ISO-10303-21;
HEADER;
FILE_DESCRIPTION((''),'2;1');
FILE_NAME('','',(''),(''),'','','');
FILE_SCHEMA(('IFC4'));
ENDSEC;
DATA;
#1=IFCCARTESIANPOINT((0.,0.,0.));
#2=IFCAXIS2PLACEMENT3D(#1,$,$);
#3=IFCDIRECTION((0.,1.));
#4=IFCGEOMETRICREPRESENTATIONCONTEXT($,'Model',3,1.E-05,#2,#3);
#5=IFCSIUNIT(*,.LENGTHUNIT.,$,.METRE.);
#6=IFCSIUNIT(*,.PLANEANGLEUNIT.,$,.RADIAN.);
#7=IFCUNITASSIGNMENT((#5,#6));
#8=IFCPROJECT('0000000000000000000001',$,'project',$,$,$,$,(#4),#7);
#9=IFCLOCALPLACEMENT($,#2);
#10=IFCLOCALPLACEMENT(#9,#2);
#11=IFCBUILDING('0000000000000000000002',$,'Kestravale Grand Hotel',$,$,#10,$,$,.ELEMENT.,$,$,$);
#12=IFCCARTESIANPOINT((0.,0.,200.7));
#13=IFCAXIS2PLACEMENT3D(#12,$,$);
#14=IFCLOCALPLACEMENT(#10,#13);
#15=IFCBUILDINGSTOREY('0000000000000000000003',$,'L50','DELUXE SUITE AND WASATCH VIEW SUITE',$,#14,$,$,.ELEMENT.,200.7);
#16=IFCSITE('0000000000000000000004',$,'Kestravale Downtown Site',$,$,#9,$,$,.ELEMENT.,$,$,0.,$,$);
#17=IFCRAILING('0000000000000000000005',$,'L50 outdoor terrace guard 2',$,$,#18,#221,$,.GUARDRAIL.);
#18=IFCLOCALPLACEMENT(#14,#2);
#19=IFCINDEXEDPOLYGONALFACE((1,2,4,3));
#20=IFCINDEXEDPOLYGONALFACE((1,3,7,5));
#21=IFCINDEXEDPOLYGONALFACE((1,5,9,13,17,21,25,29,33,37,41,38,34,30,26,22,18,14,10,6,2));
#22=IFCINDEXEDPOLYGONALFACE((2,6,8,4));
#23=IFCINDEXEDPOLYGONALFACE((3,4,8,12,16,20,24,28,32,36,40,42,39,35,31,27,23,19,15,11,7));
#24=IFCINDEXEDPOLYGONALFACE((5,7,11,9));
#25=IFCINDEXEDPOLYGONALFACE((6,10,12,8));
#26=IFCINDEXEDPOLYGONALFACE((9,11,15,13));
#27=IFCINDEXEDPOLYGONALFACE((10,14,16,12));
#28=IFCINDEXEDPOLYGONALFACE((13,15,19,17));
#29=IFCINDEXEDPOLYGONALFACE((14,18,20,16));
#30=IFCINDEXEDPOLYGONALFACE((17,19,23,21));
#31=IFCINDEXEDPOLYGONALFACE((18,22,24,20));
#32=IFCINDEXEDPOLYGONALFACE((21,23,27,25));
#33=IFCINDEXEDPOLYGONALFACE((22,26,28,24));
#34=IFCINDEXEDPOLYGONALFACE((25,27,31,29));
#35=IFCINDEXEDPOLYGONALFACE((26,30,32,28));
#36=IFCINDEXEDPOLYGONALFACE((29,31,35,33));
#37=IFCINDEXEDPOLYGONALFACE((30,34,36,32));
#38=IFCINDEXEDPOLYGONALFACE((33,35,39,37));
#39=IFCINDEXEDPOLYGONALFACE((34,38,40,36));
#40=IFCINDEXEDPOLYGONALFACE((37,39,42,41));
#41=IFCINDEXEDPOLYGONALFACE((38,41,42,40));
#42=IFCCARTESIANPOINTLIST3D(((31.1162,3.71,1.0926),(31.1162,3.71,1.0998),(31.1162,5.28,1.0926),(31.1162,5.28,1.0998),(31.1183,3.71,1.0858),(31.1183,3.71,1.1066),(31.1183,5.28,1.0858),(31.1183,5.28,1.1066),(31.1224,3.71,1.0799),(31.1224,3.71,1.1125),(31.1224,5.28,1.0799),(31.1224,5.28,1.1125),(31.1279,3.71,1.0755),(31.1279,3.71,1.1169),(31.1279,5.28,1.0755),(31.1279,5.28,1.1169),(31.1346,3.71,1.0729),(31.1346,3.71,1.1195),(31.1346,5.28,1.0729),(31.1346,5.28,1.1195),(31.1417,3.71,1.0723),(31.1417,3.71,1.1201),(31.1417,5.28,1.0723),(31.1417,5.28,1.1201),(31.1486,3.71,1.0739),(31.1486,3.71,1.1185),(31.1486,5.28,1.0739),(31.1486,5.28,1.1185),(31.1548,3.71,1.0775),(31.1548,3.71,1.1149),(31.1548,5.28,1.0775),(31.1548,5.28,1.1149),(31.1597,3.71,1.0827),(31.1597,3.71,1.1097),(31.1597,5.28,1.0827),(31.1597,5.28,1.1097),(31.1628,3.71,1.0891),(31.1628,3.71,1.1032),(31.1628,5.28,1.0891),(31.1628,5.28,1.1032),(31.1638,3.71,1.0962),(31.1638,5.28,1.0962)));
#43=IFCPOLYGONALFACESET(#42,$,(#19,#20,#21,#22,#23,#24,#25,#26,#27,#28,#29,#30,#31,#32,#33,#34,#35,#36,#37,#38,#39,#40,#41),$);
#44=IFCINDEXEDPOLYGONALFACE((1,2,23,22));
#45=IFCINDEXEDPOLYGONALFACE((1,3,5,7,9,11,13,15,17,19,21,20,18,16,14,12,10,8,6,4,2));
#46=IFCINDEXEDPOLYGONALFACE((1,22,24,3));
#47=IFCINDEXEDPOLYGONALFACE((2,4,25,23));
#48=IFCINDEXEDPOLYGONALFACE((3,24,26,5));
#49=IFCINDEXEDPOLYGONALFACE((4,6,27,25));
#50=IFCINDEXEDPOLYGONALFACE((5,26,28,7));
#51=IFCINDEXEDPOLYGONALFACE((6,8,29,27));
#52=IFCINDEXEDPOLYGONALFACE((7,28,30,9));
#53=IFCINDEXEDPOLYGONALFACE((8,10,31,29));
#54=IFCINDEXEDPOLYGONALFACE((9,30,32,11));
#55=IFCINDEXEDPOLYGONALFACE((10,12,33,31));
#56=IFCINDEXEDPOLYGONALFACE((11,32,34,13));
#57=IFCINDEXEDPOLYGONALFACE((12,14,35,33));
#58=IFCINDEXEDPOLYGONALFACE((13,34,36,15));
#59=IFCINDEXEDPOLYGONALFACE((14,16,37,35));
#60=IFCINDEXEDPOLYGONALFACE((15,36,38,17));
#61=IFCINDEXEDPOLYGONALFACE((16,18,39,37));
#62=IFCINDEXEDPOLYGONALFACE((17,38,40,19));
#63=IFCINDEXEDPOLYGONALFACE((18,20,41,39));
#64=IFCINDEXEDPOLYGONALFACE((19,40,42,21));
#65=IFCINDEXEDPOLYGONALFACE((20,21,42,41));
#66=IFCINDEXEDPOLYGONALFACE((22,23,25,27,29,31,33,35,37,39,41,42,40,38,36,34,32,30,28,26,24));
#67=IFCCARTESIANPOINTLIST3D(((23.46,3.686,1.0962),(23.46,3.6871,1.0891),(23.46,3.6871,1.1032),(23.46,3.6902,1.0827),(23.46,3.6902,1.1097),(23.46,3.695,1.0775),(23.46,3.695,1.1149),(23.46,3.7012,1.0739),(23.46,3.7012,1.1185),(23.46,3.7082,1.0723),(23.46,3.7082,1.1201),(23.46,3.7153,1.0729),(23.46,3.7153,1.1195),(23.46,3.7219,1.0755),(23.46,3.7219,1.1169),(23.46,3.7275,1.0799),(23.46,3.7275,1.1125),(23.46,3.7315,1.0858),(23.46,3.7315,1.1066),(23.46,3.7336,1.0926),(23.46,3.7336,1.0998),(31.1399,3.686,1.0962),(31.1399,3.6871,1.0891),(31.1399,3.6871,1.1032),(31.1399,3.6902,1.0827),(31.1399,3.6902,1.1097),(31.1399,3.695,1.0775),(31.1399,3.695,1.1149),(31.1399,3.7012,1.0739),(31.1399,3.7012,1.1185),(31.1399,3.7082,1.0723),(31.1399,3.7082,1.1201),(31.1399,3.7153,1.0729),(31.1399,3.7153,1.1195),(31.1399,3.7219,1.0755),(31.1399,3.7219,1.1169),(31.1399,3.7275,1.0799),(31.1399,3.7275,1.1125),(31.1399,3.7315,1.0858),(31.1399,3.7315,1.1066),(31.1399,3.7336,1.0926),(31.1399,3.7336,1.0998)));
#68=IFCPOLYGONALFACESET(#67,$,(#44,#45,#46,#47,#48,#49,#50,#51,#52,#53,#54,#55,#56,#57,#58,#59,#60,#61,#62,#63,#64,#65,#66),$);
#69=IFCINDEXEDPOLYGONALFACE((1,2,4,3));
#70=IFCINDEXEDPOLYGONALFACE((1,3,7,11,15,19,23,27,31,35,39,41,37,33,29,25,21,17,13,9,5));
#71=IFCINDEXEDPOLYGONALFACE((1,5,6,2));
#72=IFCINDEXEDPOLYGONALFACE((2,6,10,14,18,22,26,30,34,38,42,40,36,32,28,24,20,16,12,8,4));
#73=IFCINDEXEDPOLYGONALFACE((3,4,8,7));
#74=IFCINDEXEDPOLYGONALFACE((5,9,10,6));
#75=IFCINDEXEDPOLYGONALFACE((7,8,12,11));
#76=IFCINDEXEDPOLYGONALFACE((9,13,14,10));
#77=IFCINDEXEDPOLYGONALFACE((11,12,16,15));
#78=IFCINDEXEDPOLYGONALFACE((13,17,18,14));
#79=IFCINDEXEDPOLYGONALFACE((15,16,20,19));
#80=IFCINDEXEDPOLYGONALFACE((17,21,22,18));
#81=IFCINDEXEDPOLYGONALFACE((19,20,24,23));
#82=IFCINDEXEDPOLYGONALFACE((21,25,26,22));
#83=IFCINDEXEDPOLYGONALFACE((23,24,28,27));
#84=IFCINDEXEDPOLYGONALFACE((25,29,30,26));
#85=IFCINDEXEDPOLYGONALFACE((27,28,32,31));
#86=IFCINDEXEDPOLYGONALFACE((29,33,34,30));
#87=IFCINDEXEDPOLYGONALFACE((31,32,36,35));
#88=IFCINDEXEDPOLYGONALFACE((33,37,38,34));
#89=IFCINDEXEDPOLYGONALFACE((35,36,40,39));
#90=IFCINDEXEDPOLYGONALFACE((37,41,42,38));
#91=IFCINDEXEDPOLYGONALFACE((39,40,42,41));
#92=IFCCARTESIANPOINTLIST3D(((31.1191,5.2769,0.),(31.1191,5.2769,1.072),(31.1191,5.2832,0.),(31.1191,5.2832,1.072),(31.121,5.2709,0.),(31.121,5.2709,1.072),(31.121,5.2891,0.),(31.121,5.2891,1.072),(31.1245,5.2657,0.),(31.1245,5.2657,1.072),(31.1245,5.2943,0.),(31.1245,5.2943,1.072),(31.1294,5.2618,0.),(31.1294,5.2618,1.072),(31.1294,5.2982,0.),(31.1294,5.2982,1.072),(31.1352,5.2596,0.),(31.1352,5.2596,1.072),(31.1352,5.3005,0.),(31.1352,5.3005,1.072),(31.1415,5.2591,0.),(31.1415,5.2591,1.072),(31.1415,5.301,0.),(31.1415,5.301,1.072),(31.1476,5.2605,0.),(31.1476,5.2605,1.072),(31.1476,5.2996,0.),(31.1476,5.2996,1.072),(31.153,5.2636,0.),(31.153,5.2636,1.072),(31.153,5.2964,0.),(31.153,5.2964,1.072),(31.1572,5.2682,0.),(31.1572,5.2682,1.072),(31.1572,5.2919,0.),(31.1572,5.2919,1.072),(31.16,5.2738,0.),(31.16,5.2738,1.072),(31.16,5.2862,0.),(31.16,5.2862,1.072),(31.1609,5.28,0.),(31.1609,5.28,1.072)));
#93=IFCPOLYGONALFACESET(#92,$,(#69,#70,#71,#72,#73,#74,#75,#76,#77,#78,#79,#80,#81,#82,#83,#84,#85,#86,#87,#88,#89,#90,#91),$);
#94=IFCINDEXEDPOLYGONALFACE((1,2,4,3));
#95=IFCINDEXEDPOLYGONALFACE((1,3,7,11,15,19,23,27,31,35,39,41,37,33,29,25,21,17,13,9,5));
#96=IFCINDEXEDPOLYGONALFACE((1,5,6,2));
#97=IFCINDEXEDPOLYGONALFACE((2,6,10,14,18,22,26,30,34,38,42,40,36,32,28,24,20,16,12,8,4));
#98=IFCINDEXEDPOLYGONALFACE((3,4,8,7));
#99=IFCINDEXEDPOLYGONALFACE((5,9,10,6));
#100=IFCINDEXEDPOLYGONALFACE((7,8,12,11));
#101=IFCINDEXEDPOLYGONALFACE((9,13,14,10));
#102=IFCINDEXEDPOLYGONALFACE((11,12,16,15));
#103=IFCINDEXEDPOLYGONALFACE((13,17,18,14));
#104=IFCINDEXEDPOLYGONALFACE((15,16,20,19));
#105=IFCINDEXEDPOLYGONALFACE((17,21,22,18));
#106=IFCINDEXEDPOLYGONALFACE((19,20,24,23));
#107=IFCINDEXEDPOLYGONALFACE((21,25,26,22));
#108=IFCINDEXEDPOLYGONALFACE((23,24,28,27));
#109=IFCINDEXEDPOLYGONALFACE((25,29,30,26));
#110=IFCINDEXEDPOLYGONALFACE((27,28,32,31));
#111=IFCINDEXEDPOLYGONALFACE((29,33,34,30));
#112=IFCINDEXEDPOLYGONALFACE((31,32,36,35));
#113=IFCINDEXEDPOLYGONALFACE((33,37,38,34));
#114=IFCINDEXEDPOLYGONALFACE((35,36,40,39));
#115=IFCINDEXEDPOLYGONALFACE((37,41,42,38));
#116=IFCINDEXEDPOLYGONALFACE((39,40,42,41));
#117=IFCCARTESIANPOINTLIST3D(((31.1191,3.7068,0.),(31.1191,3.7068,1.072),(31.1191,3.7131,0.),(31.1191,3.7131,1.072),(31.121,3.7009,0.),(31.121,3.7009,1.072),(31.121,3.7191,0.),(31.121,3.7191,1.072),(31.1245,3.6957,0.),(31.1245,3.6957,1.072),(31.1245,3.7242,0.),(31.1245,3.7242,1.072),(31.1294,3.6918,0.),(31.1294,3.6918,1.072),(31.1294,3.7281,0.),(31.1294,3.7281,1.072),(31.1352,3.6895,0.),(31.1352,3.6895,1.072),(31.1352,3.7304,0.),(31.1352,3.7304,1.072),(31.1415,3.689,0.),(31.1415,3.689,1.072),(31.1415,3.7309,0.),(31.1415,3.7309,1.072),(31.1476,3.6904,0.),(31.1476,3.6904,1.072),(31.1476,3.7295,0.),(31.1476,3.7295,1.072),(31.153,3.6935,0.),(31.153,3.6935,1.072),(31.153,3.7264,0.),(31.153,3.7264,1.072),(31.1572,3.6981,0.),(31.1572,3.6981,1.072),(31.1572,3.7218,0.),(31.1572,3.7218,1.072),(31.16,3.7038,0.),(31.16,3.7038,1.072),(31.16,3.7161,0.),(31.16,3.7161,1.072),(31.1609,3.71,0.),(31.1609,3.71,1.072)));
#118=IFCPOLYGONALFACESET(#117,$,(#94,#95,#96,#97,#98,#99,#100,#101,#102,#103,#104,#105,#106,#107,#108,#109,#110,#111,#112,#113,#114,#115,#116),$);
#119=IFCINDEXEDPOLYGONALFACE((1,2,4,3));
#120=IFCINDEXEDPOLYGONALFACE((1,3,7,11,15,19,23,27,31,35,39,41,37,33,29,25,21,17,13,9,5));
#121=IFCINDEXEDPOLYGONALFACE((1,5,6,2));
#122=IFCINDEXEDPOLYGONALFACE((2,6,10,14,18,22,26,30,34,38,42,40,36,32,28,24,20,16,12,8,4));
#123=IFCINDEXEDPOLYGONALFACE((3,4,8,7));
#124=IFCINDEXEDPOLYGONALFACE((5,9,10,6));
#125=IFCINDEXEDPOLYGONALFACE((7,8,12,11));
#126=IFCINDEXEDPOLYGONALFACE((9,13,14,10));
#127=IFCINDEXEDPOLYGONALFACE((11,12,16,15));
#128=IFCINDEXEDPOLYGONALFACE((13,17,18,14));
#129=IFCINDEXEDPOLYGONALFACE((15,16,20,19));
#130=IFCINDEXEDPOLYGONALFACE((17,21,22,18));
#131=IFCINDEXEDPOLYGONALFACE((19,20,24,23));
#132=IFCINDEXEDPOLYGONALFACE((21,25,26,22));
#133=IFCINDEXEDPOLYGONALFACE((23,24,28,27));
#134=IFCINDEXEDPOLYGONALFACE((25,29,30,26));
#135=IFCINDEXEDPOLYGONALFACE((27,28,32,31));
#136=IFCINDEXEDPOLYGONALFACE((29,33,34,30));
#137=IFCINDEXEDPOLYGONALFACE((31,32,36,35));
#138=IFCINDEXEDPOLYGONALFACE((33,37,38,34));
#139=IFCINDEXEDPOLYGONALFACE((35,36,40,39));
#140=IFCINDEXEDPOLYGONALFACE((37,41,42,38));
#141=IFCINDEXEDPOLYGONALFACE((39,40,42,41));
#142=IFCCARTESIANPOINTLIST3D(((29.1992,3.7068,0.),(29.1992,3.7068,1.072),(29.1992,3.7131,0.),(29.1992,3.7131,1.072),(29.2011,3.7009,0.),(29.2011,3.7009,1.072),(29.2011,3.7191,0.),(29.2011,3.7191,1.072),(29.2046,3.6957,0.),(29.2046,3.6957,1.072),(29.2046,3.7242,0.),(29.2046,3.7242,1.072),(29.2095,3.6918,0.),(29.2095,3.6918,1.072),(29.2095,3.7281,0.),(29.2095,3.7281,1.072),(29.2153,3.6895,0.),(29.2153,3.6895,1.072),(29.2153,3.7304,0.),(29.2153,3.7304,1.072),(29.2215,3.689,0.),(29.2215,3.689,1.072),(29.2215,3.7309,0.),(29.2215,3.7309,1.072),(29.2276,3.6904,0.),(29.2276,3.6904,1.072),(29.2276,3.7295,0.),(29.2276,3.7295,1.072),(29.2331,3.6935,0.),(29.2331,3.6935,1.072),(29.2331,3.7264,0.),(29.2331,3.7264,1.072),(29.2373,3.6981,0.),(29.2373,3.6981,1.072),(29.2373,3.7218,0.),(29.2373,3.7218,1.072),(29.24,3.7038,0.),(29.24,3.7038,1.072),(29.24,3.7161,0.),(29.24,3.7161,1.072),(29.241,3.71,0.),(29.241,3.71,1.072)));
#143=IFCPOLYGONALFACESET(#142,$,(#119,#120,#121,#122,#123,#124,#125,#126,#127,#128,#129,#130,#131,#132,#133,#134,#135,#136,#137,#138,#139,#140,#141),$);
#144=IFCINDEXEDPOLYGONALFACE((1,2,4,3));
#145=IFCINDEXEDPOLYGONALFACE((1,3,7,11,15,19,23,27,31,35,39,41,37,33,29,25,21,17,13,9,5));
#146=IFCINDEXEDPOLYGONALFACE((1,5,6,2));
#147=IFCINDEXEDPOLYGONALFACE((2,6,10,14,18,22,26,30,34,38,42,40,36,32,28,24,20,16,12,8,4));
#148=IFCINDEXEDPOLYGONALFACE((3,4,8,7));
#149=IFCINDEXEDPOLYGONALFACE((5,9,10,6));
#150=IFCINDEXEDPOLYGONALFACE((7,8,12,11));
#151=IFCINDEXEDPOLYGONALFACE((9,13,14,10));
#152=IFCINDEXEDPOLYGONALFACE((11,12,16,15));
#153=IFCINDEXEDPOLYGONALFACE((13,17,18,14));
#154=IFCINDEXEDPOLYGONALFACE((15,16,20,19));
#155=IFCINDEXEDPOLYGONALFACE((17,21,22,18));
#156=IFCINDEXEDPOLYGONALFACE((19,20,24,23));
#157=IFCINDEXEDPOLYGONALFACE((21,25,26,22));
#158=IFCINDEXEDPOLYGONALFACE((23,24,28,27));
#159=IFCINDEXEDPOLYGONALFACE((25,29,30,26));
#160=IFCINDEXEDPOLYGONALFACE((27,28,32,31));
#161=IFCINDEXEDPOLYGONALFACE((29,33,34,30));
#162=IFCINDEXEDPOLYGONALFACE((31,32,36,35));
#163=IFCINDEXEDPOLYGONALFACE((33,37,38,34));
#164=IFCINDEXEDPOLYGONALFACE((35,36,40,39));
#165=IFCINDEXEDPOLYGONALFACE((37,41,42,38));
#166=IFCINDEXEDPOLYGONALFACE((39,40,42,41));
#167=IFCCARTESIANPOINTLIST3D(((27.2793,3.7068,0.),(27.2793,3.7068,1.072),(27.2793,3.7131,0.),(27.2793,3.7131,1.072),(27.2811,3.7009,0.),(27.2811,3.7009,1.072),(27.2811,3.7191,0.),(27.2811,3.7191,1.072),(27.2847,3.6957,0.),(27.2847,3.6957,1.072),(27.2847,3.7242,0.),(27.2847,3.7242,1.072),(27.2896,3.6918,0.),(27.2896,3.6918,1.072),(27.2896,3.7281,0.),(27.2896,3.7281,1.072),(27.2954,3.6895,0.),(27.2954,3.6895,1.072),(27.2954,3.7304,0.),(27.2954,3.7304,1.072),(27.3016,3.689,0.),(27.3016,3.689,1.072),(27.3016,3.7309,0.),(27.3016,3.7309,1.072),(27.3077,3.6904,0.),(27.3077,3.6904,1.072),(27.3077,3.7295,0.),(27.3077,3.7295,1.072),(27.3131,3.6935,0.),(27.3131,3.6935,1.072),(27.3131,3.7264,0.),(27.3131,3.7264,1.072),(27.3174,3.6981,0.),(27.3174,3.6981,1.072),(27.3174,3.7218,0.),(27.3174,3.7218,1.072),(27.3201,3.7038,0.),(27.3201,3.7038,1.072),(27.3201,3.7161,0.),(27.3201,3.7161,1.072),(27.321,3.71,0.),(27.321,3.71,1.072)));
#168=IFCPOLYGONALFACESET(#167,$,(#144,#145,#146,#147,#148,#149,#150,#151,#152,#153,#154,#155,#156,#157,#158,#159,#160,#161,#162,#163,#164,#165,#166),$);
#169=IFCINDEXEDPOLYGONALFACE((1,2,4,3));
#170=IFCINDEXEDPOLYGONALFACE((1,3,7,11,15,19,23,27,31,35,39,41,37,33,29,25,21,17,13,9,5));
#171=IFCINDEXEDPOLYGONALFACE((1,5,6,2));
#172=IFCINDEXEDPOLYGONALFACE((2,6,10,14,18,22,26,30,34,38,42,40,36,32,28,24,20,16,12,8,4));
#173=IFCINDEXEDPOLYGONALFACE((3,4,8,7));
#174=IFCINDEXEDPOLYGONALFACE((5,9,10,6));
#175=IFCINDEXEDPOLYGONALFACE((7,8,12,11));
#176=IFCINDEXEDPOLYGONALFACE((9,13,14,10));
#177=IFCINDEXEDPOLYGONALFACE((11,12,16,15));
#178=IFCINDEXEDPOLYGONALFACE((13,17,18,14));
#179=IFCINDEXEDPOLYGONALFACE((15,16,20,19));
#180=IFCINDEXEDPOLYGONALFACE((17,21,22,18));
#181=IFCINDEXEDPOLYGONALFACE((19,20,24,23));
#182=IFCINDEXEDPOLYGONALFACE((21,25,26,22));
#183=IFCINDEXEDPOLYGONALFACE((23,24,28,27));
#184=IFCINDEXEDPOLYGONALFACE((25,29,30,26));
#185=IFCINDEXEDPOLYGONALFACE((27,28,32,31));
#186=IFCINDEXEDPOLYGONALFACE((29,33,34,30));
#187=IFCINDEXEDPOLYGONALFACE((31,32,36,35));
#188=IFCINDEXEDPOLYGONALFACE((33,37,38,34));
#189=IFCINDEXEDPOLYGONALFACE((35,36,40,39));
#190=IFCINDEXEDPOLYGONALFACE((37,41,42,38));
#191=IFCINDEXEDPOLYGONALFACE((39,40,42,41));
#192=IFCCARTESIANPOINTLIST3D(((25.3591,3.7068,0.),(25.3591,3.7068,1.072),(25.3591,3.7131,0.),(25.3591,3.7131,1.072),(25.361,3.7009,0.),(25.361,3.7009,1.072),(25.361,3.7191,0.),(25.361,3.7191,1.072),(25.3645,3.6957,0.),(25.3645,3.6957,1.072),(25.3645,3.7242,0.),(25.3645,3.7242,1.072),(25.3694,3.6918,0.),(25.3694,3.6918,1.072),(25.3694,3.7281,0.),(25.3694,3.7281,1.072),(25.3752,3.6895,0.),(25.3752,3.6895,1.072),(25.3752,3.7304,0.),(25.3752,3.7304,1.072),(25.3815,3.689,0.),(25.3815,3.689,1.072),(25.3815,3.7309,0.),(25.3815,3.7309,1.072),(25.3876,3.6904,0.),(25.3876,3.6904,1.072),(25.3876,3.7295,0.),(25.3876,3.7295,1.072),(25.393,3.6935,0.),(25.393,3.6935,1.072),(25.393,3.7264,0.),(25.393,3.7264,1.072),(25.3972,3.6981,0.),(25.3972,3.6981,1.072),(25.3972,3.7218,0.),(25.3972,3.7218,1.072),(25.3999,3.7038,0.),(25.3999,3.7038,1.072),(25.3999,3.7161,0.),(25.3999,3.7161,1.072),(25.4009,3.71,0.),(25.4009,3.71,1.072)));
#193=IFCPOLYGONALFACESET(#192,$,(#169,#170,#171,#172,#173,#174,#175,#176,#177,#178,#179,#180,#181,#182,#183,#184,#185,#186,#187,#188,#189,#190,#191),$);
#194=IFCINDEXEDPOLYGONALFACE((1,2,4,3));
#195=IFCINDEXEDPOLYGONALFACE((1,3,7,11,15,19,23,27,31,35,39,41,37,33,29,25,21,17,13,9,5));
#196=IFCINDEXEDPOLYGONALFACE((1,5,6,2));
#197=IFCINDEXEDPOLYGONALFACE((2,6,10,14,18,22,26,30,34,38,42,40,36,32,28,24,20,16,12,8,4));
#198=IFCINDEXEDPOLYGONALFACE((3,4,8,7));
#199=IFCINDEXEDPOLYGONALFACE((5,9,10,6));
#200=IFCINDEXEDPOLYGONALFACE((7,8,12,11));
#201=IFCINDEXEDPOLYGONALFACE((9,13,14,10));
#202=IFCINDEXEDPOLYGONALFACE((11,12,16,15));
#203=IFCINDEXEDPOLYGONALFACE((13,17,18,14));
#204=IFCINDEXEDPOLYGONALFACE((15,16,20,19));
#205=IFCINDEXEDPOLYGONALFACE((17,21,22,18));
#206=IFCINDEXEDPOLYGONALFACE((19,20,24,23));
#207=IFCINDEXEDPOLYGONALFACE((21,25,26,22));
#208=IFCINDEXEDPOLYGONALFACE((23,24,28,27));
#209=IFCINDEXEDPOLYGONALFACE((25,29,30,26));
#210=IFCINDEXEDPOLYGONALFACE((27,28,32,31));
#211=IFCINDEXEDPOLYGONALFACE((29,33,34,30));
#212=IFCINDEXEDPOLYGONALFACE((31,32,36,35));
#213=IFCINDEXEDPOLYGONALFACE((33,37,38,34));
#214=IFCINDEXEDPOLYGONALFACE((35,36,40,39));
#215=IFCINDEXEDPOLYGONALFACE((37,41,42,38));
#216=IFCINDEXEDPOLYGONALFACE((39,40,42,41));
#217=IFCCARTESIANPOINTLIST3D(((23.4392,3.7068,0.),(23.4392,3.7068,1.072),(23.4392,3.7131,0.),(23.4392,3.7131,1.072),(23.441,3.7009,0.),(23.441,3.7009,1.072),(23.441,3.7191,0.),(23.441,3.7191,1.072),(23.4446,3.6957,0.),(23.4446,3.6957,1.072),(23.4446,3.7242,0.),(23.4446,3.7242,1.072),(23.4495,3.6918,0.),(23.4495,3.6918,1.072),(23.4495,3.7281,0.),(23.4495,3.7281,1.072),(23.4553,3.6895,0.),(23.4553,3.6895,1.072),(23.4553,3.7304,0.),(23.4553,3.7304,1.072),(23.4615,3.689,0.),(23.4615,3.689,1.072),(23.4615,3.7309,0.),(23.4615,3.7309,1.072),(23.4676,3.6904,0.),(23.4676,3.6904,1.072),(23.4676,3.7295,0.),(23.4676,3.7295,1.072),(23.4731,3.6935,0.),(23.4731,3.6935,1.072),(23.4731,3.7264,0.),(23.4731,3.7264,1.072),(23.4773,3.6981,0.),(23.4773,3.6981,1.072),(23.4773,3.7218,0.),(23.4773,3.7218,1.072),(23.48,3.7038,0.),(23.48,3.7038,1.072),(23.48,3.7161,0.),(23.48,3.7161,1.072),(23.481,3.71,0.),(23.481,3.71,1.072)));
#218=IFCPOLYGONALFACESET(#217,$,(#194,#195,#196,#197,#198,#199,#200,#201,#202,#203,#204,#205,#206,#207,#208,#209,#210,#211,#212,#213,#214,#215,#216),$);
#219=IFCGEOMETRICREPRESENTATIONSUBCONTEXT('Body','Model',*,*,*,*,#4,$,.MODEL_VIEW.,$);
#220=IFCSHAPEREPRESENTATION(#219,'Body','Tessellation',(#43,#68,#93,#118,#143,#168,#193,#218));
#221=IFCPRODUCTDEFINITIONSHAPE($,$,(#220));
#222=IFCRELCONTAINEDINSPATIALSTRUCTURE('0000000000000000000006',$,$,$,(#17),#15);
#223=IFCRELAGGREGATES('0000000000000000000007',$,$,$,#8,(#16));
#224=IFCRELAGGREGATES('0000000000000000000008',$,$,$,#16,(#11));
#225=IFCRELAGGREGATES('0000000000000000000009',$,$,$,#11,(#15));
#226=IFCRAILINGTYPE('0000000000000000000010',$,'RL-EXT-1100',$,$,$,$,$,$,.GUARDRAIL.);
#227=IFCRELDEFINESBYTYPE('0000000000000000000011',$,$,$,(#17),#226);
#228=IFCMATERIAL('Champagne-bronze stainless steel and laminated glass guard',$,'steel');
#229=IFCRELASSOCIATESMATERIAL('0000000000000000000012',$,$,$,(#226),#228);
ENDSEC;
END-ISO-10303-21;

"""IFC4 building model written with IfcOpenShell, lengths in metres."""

from ifc_helpers import new_model, si_unit, direction, frame, origin, origin_2d, place, context, subcontext, project, spatial, circle, extrude, material, type_object, element, save


model = new_model("IFC4")

# Units and contexts
model_context = context("Model", 3, precision=1e-05, world=origin(), true_north=direction((0.0, 1.0)))
body_context = subcontext(model_context, "Body", "Model", "MODEL_VIEW")
ifc_project = project(units=[si_unit("LENGTHUNIT", "METRE"), si_unit("PLANEANGLEUNIT", "RADIAN")], contexts=[model_context])

# Site, building, storey
site_placement = place(None, origin())
site = spatial("IfcSite", under=ifc_project, at=site_placement, Name="Kestravale Downtown Site", CompositionType="ELEMENT", RefElevation=0.0)
building_placement = place(site_placement, origin())
building = spatial("IfcBuilding", under=site, at=building_placement, Name="Kestravale Grand Hotel", CompositionType="ELEMENT")
storey_placement = place(building_placement, frame((0.0, 0.0, 200.7)))
storey = spatial("IfcBuildingStorey", under=building, at=storey_placement, Name="L50", Description="DELUXE SUITE AND WASATCH VIEW SUITE", CompositionType="ELEMENT", Elevation=200.7)

# Railing
ifc_material_1 = material(Name="Champagne-bronze stainless steel and laminated glass guard", Category="steel")
railing_type = type_object("IfcRailingType", Name="RL-EXT-1100", PredefinedType="GUARDRAIL", material=ifc_material_1)
railing_placement = place(storey_placement, frame((31.1399, 5.28, 0.0)))
element("IfcRailing", 1, at=railing_placement, inside=storey, type_object=railing_type, Name="L50 outdoor terrace guard 2", PredefinedType="GUARDRAIL", context=body_context, shape_type="SweptSolid", body=[
    extrude(circle(Radius=0.0239, at=origin_2d()), frame((0.0, 0.0, 1.0962), z_axis=(0.0, -1.0, 0.0), x_axis=(1.0, 0.0, 0.0)), (0.0, 0.0, 1.0), 1.5701),
    extrude(circle(Radius=0.0239, at=origin_2d()), frame((0.0, -1.5701, 1.0962), z_axis=(-1.0, 0.0, 0.0), x_axis=(0.0, -1.0, 0.0)), (0.0, 0.0, 1.0), 7.6799),
    extrude(circle(Radius=0.021, at=origin_2d()), origin(), (0.0, 0.0, 1.0), 1.072),
    extrude(circle(Radius=0.021, at=origin_2d()), frame((0.0, -1.5701, 0.0)), (0.0, 0.0, 1.0), 1.072),
    extrude(circle(Radius=0.021, at=origin_2d()), frame((-1.9199, -1.5701, 0.0)), (0.0, 0.0, 1.0), 1.072),
    extrude(circle(Radius=0.021, at=origin_2d()), frame((-3.8398, -1.5701, 0.0)), (0.0, 0.0, 1.0), 1.072),
    extrude(circle(Radius=0.021, at=origin_2d()), frame((-5.76, -1.5701, 0.0)), (0.0, 0.0, 1.0), 1.072),
    extrude(circle(Radius=0.021, at=origin_2d()), frame((-7.6799, -1.5701, 0.0)), (0.0, 0.0, 1.0), 1.072),
])

save(model, "model.ifc")
